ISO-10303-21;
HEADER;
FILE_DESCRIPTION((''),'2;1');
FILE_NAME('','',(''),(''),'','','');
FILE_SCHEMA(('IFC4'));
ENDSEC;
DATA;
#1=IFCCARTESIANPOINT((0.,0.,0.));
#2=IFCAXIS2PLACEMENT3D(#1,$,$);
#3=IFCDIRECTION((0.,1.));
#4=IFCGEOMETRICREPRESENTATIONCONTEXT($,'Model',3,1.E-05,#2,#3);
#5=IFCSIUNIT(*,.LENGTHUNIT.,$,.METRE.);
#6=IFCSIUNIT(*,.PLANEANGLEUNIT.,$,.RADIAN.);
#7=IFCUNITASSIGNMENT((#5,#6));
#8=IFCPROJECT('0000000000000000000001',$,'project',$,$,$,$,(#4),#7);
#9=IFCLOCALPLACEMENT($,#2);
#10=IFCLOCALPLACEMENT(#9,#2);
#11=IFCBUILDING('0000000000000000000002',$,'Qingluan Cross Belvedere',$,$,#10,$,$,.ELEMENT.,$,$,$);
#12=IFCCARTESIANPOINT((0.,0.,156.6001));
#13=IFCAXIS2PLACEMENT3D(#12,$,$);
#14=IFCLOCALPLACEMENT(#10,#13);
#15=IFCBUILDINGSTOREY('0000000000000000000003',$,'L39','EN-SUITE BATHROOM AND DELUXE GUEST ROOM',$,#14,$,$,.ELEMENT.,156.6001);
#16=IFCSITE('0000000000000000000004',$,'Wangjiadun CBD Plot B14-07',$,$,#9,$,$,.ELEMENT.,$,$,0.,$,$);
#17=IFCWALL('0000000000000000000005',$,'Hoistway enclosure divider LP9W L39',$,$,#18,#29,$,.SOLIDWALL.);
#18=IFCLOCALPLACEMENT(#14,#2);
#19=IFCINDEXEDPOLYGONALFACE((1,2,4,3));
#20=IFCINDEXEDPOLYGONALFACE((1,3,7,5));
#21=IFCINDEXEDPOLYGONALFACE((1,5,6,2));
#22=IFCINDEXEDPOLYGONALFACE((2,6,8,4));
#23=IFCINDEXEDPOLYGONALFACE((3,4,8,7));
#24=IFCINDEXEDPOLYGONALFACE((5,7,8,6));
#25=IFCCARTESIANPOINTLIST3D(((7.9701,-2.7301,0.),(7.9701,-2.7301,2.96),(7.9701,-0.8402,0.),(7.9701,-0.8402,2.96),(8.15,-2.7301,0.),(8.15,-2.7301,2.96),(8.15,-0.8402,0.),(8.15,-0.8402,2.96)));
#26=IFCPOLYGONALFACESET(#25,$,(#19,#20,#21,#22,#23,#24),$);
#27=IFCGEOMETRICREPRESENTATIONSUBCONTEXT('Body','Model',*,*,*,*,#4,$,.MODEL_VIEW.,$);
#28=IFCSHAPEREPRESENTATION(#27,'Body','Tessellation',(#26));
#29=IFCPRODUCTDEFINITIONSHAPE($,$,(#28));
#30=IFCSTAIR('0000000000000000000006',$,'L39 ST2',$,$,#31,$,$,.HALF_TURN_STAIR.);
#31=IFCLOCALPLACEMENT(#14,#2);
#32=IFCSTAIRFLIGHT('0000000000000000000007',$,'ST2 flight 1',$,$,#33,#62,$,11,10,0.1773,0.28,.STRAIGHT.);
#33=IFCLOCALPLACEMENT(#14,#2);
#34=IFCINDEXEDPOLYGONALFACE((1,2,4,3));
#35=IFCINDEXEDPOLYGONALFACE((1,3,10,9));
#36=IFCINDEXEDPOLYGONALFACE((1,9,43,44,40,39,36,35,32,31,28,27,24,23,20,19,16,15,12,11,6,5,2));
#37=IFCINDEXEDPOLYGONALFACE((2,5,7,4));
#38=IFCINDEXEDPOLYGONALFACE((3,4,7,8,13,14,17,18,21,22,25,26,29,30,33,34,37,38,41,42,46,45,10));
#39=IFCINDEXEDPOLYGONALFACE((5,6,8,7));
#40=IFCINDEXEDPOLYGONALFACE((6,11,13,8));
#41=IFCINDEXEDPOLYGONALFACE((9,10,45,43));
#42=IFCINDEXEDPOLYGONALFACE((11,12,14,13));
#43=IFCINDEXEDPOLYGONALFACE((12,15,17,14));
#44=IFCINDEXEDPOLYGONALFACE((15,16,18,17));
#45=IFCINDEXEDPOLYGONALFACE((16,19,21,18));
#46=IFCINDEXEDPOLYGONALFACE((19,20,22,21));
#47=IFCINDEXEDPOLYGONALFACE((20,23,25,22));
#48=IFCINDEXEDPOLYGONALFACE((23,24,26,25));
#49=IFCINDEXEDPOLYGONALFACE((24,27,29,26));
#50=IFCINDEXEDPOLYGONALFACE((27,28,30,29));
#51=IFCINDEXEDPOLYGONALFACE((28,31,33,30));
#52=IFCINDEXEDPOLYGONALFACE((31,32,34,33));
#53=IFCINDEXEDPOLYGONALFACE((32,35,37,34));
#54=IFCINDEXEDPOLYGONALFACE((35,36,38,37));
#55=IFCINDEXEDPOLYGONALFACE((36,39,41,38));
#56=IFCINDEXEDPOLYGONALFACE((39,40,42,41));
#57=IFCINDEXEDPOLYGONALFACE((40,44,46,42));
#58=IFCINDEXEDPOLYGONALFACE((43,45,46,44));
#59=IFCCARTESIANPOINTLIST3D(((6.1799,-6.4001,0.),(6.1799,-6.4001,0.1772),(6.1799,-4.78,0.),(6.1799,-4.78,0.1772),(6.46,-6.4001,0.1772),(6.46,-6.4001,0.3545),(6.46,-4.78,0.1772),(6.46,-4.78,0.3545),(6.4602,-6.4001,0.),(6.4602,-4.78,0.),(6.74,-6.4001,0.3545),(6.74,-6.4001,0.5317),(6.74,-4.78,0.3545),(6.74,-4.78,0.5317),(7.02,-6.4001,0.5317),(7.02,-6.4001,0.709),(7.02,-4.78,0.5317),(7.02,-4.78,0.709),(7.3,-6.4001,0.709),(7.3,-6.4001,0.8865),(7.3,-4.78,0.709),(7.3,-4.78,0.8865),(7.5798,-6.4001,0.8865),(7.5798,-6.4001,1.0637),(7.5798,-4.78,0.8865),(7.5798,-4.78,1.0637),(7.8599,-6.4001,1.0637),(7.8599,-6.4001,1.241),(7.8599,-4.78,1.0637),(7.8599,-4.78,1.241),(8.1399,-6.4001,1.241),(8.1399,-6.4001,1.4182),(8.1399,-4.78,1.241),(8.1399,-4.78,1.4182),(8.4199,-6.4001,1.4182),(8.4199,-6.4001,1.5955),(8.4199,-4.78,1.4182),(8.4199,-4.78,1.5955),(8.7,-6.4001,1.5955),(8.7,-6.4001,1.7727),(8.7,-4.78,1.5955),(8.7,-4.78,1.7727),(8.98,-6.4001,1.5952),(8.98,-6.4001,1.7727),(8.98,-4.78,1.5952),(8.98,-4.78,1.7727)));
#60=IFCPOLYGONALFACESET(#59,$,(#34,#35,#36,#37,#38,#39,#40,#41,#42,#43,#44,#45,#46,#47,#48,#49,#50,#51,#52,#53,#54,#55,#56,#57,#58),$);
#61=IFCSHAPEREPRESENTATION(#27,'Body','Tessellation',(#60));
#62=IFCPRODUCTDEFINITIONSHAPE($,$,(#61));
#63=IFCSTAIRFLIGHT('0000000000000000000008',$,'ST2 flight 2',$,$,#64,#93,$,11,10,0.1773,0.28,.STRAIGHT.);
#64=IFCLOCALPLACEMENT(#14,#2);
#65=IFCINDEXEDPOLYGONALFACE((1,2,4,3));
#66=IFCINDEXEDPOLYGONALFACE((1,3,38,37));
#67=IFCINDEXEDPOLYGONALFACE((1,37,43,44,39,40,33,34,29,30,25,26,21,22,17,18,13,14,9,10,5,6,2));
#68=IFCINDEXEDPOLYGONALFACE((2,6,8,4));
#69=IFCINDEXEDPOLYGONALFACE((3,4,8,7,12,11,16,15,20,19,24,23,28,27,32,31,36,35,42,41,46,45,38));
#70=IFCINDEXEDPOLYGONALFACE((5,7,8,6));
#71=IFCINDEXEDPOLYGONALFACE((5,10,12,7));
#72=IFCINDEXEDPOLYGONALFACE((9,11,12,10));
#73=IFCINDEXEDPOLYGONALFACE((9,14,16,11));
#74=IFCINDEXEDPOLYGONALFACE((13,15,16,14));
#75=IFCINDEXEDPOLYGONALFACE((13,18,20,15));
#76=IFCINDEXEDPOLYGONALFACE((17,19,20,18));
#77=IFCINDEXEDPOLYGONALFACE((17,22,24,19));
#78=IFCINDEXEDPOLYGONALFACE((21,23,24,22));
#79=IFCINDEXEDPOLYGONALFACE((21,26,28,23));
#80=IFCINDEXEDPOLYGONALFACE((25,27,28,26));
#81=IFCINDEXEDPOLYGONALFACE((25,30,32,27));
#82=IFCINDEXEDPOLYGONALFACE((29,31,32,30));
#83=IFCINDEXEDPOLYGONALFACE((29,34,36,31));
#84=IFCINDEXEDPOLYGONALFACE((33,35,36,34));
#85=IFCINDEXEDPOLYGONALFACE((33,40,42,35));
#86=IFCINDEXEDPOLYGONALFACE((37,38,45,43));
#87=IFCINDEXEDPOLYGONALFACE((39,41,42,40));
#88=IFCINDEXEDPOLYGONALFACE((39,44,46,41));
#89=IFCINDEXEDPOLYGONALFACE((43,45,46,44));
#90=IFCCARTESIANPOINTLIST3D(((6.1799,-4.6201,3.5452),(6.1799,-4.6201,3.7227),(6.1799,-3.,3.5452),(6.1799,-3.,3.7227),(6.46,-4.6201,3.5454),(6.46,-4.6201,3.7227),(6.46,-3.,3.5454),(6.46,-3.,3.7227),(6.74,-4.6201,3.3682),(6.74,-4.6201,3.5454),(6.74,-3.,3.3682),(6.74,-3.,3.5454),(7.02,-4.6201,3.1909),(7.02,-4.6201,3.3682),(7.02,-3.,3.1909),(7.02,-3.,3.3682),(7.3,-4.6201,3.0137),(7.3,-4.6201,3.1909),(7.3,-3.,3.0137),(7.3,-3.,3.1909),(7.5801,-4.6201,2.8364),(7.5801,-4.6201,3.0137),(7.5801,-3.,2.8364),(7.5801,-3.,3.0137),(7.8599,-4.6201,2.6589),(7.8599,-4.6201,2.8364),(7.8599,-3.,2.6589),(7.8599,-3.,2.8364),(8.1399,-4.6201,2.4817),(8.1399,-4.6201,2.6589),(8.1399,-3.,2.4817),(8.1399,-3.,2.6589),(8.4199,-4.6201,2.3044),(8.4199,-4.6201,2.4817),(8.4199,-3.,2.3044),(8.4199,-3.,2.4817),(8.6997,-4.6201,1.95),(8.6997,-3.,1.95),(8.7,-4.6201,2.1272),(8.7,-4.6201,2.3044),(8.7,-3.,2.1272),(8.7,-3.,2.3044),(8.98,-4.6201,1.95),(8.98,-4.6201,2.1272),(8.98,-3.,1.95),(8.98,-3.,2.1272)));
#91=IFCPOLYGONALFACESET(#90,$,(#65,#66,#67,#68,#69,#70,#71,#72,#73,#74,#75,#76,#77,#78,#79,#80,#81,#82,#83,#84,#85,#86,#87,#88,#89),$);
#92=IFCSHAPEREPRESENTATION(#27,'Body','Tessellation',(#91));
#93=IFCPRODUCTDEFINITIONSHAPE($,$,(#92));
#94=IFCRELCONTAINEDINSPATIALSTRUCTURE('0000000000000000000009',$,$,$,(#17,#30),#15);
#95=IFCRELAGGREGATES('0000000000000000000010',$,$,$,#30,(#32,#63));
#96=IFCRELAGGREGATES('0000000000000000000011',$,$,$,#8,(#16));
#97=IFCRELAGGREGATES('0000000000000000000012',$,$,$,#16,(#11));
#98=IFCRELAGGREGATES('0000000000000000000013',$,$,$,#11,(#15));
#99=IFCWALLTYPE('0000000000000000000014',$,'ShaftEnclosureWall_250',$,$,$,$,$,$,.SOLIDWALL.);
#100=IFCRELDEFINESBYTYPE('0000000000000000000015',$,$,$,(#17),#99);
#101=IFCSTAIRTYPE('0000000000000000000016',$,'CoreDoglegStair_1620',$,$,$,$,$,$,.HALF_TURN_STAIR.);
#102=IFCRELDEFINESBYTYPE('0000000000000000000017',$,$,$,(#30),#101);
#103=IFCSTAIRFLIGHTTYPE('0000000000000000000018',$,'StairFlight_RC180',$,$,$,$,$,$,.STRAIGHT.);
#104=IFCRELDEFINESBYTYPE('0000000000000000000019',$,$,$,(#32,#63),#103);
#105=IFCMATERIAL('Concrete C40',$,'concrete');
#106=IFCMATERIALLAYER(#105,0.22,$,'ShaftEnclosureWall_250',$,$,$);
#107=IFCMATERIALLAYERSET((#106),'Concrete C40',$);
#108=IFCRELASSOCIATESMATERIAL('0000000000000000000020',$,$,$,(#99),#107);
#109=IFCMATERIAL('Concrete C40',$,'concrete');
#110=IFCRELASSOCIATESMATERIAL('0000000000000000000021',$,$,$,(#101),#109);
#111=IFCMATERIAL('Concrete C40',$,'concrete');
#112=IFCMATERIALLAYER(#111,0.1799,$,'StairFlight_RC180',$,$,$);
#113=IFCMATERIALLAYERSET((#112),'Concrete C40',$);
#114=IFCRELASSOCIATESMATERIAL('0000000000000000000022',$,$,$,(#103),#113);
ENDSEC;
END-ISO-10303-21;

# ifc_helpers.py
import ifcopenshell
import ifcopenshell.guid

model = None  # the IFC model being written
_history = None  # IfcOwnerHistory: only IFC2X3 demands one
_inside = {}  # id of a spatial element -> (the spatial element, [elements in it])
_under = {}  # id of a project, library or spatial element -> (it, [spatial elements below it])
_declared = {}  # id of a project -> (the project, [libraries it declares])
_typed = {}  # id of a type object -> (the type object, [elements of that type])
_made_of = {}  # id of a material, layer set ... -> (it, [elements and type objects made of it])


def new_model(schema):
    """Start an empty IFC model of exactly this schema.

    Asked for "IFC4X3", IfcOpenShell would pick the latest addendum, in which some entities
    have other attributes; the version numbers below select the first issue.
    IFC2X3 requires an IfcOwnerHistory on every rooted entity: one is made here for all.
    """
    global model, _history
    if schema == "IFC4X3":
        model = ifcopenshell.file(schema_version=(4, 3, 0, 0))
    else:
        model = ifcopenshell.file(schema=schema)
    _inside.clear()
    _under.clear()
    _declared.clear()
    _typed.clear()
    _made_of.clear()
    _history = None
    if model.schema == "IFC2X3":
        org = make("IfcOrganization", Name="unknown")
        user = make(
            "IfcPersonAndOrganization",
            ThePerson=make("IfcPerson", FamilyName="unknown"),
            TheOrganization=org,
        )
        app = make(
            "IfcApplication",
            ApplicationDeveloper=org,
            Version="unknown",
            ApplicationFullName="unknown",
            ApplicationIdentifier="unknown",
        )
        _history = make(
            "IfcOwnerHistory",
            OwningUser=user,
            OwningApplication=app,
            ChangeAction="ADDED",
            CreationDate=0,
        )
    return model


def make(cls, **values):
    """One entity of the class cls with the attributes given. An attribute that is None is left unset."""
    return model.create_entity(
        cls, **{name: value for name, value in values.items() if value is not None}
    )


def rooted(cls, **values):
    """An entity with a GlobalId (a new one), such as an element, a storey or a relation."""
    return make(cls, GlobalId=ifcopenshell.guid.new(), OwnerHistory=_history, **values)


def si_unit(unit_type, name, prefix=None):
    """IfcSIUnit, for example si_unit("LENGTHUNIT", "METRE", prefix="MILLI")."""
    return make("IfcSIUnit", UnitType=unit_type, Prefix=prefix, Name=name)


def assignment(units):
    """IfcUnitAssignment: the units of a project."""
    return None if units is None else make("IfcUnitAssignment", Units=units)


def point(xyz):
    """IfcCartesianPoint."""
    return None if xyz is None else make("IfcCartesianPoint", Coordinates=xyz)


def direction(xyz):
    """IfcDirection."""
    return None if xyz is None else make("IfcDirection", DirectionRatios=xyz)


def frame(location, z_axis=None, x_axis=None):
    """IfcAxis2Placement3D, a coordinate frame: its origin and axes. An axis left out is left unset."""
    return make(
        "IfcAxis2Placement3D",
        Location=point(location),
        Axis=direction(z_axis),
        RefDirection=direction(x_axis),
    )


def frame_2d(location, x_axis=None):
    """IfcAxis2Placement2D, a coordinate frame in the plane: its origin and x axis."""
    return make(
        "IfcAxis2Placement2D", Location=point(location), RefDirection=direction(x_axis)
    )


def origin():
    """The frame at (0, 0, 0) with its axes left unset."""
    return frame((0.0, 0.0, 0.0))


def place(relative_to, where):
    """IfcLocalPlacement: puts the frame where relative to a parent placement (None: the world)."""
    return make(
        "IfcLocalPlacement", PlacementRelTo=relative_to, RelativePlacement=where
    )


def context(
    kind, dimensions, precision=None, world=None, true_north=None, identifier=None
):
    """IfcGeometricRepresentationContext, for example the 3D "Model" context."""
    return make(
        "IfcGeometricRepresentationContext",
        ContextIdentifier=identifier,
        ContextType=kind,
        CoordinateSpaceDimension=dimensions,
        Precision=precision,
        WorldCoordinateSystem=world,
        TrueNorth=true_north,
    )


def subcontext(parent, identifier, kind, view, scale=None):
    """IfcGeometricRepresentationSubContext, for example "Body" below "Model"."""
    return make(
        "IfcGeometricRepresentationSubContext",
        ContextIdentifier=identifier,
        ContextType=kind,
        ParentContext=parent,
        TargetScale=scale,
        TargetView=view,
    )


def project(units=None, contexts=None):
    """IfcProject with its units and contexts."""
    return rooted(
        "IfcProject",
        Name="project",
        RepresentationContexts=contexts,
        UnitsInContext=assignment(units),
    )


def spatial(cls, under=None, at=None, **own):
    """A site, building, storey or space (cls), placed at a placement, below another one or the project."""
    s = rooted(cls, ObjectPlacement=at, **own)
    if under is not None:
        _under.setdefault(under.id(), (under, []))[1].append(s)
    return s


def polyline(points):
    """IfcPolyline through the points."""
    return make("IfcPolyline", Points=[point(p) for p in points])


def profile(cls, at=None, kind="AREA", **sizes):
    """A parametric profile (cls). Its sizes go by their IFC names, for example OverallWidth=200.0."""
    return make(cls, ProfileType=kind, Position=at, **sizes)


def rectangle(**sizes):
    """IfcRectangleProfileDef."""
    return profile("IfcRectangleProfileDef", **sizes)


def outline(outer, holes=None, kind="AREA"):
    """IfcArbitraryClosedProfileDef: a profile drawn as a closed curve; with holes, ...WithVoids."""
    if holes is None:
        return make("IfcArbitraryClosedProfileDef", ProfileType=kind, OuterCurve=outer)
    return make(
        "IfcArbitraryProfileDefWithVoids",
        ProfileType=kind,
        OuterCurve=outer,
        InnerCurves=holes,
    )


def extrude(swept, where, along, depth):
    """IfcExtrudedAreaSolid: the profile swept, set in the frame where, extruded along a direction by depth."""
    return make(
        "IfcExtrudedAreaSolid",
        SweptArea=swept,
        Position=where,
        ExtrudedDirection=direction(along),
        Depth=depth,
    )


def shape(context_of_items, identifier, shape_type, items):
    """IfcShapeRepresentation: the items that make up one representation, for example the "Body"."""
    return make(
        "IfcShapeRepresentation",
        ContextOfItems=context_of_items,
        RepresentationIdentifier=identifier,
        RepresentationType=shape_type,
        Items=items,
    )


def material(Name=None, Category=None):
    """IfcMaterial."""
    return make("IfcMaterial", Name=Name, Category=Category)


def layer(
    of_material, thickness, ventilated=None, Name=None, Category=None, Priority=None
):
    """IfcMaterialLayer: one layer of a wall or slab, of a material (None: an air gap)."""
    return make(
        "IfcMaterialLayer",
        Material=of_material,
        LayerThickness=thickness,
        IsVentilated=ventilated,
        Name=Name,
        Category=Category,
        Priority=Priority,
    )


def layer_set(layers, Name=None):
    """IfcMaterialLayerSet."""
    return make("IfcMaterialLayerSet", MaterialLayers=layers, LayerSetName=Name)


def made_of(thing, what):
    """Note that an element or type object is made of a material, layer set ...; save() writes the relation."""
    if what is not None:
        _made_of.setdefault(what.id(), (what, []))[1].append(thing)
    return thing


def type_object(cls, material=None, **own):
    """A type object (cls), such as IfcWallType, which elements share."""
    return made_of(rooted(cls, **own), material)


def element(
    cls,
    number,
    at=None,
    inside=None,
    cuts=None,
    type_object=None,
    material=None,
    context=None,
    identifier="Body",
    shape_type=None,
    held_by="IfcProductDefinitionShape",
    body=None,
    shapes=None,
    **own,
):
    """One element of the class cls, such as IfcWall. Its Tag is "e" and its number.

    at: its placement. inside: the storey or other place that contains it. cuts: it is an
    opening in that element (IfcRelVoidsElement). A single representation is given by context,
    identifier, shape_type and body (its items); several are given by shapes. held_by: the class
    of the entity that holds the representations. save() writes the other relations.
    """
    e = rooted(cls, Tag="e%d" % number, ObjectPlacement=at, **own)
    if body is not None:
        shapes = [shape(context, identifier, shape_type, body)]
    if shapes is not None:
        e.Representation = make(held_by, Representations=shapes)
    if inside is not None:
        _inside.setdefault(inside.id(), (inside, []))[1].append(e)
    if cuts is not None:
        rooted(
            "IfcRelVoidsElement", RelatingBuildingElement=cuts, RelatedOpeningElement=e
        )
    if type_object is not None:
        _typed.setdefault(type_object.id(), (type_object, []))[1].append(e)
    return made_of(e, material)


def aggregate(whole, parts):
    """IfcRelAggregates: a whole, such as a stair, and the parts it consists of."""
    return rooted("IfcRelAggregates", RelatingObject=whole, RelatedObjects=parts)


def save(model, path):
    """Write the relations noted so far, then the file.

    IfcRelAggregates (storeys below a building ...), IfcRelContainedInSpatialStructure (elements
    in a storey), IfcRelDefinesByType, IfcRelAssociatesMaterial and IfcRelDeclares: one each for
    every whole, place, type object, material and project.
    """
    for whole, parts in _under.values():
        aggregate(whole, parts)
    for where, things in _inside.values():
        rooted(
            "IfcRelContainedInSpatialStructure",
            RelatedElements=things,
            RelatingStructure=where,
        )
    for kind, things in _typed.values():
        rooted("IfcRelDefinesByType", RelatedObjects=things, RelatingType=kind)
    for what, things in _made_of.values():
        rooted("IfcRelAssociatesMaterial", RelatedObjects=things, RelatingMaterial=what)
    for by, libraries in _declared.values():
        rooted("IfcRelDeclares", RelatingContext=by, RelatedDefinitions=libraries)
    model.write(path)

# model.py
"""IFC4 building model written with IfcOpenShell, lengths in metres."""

from ifc_helpers import new_model, si_unit, direction, frame, frame_2d, origin, place, context, subcontext, project, spatial, polyline, rectangle, outline, extrude, material, layer, layer_set, type_object, element, aggregate, save


model = new_model("IFC4")

# Units and contexts
model_context = context("Model", 3, precision=1e-05, world=origin(), true_north=direction((0.0, 1.0)))
body_context = subcontext(model_context, "Body", "Model", "MODEL_VIEW")
ifc_project = project(units=[si_unit("LENGTHUNIT", "METRE"), si_unit("PLANEANGLEUNIT", "RADIAN")], contexts=[model_context])

# Site, building, storey
site_placement = place(None, origin())
site = spatial("IfcSite", under=ifc_project, at=site_placement, Name="Wangjiadun CBD Plot B14-07", CompositionType="ELEMENT", RefElevation=0.0)
building_placement = place(site_placement, origin())
building = spatial("IfcBuilding", under=site, at=building_placement, Name="Qingluan Cross Belvedere", CompositionType="ELEMENT")
storey_placement = place(building_placement, frame((0.0, 0.0, 156.6001)))
storey = spatial("IfcBuildingStorey", under=building, at=storey_placement, Name="L39", Description="EN-SUITE BATHROOM AND DELUXE GUEST ROOM", CompositionType="ELEMENT", Elevation=156.6001)

# Shared definitions
ifc_material_1 = material(Name="Concrete C40", Category="concrete")
ifc_layer_1 = layer(ifc_material_1, 0.22, Name="ShaftEnclosureWall_250")
ifc_layer_set_1 = layer_set([ifc_layer_1], Name="Concrete C40")
wall_type_1 = type_object("IfcWallType", Name="ShaftEnclosureWall_250", PredefinedType="SOLIDWALL", material=ifc_layer_set_1)

# Wall
for number, where, z_axis, x_axis, name in (
    (1, (8.0601, -2.73, 0.0), (0.0, 0.0, 1.0), (0.0, 1.0, 0.0), "Hoistway enclosure divider LP9W L39"),
):
    element("IfcWall", number, at=place(storey_placement, frame(where, z_axis=z_axis, x_axis=x_axis)), inside=storey, type_object=wall_type_1, Name=name, PredefinedType="SOLIDWALL", context=body_context, shape_type="SweptSolid", body=[
        extrude(rectangle(XDim=1.8899, YDim=0.1799, at=frame_2d((0.9448, 0.0))), origin(), (0.0, 0.0, 1.0), 2.96),
    ])

# Stair, stair flights
ifc_material_2 = material(Name="Concrete C40", Category="concrete")
stair_type = type_object("IfcStairType", Name="CoreDoglegStair_1620", PredefinedType="HALF_TURN_STAIR", material=ifc_material_2)
stair_placement = place(storey_placement, origin())
stair = element("IfcStair", 2, at=stair_placement, inside=storey, type_object=stair_type, Name="L39 ST2", PredefinedType="HALF_TURN_STAIR")
ifc_material_3 = material(Name="Concrete C40", Category="concrete")
ifc_layer_2 = layer(ifc_material_3, 0.1799, Name="StairFlight_RC180")
ifc_layer_set_2 = layer_set([ifc_layer_2], Name="Concrete C40")
stair_flight_type = type_object("IfcStairFlightType", Name="StairFlight_RC180", PredefinedType="STRAIGHT", material=ifc_layer_set_2)
stair_flight_1_placement = place(storey_placement, frame((6.1799, -5.5901, 0.0), z_axis=(0.0, 0.0, 1.0), x_axis=(1.0, 0.0, 0.0)))
stair_flight_1 = element("IfcStairFlight", 3, at=stair_flight_1_placement, type_object=stair_flight_type, Name="ST2 flight 1", NumberOfRisers=11, NumberOfTreads=10, PredefinedType="STRAIGHT", RiserHeight=0.1773, TreadLength=0.28, context=body_context, shape_type="SweptSolid", body=[
    extrude(outline(polyline([(0.0, 0.0), (0.0, 0.1772), (0.28, 0.1772), (0.28, 0.3545), (0.5601, 0.3545), (0.5601, 0.5317), (0.8401, 0.5317), (0.8401, 0.709), (1.1201, 0.709), (1.1201, 0.8865), (1.3999, 0.8865), (1.3999, 1.0637), (1.6799, 1.0637), (1.6799, 1.241), (1.96, 1.241), (1.96, 1.4182), (2.24, 1.4182), (2.24, 1.5955), (2.52, 1.5955), (2.52, 1.7727), (2.8, 1.7727), (2.8, 1.95), (2.8, 1.5952), (0.2803, 0.0), (0.0, 0.0)])), frame((0.0, 0.8101, 0.0), z_axis=(0.0, -1.0, 0.0), x_axis=(1.0, 0.0, 0.0)), (0.0, 0.0, 1.0), 1.6201),
])
stair_flight_2_placement = place(storey_placement, frame((8.98, -3.8101, 1.95), z_axis=(0.0, 0.0, 1.0), x_axis=(-1.0, 0.0, 0.0)))
stair_flight_2 = element("IfcStairFlight", 4, at=stair_flight_2_placement, type_object=stair_flight_type, Name="ST2 flight 2", NumberOfRisers=11, NumberOfTreads=10, PredefinedType="STRAIGHT", RiserHeight=0.1773, TreadLength=0.28, context=body_context, shape_type="SweptSolid", body=[
    extrude(outline(polyline([(0.0, 0.0), (0.0, 0.1772), (0.28, 0.1772), (0.28, 0.3545), (0.5601, 0.3545), (0.5601, 0.5317), (0.8401, 0.5317), (0.8401, 0.709), (1.1201, 0.709), (1.1201, 0.8865), (1.3999, 0.8865), (1.3999, 1.0637), (1.6799, 1.0637), (1.6799, 1.241), (1.96, 1.241), (1.96, 1.4182), (2.24, 1.4182), (2.24, 1.5955), (2.52, 1.5955), (2.52, 1.7727), (2.8, 1.7727), (2.8, 1.95), (2.8, 1.5952), (0.2803, 0.0), (0.0, 0.0)])), frame((0.0, 0.8101, 0.0), z_axis=(0.0, -1.0, 0.0), x_axis=(1.0, 0.0, 0.0)), (0.0, 0.0, 1.0), 1.6201),
])
aggregate(stair, [stair_flight_1, stair_flight_2])

save(model, "model.ifc")
